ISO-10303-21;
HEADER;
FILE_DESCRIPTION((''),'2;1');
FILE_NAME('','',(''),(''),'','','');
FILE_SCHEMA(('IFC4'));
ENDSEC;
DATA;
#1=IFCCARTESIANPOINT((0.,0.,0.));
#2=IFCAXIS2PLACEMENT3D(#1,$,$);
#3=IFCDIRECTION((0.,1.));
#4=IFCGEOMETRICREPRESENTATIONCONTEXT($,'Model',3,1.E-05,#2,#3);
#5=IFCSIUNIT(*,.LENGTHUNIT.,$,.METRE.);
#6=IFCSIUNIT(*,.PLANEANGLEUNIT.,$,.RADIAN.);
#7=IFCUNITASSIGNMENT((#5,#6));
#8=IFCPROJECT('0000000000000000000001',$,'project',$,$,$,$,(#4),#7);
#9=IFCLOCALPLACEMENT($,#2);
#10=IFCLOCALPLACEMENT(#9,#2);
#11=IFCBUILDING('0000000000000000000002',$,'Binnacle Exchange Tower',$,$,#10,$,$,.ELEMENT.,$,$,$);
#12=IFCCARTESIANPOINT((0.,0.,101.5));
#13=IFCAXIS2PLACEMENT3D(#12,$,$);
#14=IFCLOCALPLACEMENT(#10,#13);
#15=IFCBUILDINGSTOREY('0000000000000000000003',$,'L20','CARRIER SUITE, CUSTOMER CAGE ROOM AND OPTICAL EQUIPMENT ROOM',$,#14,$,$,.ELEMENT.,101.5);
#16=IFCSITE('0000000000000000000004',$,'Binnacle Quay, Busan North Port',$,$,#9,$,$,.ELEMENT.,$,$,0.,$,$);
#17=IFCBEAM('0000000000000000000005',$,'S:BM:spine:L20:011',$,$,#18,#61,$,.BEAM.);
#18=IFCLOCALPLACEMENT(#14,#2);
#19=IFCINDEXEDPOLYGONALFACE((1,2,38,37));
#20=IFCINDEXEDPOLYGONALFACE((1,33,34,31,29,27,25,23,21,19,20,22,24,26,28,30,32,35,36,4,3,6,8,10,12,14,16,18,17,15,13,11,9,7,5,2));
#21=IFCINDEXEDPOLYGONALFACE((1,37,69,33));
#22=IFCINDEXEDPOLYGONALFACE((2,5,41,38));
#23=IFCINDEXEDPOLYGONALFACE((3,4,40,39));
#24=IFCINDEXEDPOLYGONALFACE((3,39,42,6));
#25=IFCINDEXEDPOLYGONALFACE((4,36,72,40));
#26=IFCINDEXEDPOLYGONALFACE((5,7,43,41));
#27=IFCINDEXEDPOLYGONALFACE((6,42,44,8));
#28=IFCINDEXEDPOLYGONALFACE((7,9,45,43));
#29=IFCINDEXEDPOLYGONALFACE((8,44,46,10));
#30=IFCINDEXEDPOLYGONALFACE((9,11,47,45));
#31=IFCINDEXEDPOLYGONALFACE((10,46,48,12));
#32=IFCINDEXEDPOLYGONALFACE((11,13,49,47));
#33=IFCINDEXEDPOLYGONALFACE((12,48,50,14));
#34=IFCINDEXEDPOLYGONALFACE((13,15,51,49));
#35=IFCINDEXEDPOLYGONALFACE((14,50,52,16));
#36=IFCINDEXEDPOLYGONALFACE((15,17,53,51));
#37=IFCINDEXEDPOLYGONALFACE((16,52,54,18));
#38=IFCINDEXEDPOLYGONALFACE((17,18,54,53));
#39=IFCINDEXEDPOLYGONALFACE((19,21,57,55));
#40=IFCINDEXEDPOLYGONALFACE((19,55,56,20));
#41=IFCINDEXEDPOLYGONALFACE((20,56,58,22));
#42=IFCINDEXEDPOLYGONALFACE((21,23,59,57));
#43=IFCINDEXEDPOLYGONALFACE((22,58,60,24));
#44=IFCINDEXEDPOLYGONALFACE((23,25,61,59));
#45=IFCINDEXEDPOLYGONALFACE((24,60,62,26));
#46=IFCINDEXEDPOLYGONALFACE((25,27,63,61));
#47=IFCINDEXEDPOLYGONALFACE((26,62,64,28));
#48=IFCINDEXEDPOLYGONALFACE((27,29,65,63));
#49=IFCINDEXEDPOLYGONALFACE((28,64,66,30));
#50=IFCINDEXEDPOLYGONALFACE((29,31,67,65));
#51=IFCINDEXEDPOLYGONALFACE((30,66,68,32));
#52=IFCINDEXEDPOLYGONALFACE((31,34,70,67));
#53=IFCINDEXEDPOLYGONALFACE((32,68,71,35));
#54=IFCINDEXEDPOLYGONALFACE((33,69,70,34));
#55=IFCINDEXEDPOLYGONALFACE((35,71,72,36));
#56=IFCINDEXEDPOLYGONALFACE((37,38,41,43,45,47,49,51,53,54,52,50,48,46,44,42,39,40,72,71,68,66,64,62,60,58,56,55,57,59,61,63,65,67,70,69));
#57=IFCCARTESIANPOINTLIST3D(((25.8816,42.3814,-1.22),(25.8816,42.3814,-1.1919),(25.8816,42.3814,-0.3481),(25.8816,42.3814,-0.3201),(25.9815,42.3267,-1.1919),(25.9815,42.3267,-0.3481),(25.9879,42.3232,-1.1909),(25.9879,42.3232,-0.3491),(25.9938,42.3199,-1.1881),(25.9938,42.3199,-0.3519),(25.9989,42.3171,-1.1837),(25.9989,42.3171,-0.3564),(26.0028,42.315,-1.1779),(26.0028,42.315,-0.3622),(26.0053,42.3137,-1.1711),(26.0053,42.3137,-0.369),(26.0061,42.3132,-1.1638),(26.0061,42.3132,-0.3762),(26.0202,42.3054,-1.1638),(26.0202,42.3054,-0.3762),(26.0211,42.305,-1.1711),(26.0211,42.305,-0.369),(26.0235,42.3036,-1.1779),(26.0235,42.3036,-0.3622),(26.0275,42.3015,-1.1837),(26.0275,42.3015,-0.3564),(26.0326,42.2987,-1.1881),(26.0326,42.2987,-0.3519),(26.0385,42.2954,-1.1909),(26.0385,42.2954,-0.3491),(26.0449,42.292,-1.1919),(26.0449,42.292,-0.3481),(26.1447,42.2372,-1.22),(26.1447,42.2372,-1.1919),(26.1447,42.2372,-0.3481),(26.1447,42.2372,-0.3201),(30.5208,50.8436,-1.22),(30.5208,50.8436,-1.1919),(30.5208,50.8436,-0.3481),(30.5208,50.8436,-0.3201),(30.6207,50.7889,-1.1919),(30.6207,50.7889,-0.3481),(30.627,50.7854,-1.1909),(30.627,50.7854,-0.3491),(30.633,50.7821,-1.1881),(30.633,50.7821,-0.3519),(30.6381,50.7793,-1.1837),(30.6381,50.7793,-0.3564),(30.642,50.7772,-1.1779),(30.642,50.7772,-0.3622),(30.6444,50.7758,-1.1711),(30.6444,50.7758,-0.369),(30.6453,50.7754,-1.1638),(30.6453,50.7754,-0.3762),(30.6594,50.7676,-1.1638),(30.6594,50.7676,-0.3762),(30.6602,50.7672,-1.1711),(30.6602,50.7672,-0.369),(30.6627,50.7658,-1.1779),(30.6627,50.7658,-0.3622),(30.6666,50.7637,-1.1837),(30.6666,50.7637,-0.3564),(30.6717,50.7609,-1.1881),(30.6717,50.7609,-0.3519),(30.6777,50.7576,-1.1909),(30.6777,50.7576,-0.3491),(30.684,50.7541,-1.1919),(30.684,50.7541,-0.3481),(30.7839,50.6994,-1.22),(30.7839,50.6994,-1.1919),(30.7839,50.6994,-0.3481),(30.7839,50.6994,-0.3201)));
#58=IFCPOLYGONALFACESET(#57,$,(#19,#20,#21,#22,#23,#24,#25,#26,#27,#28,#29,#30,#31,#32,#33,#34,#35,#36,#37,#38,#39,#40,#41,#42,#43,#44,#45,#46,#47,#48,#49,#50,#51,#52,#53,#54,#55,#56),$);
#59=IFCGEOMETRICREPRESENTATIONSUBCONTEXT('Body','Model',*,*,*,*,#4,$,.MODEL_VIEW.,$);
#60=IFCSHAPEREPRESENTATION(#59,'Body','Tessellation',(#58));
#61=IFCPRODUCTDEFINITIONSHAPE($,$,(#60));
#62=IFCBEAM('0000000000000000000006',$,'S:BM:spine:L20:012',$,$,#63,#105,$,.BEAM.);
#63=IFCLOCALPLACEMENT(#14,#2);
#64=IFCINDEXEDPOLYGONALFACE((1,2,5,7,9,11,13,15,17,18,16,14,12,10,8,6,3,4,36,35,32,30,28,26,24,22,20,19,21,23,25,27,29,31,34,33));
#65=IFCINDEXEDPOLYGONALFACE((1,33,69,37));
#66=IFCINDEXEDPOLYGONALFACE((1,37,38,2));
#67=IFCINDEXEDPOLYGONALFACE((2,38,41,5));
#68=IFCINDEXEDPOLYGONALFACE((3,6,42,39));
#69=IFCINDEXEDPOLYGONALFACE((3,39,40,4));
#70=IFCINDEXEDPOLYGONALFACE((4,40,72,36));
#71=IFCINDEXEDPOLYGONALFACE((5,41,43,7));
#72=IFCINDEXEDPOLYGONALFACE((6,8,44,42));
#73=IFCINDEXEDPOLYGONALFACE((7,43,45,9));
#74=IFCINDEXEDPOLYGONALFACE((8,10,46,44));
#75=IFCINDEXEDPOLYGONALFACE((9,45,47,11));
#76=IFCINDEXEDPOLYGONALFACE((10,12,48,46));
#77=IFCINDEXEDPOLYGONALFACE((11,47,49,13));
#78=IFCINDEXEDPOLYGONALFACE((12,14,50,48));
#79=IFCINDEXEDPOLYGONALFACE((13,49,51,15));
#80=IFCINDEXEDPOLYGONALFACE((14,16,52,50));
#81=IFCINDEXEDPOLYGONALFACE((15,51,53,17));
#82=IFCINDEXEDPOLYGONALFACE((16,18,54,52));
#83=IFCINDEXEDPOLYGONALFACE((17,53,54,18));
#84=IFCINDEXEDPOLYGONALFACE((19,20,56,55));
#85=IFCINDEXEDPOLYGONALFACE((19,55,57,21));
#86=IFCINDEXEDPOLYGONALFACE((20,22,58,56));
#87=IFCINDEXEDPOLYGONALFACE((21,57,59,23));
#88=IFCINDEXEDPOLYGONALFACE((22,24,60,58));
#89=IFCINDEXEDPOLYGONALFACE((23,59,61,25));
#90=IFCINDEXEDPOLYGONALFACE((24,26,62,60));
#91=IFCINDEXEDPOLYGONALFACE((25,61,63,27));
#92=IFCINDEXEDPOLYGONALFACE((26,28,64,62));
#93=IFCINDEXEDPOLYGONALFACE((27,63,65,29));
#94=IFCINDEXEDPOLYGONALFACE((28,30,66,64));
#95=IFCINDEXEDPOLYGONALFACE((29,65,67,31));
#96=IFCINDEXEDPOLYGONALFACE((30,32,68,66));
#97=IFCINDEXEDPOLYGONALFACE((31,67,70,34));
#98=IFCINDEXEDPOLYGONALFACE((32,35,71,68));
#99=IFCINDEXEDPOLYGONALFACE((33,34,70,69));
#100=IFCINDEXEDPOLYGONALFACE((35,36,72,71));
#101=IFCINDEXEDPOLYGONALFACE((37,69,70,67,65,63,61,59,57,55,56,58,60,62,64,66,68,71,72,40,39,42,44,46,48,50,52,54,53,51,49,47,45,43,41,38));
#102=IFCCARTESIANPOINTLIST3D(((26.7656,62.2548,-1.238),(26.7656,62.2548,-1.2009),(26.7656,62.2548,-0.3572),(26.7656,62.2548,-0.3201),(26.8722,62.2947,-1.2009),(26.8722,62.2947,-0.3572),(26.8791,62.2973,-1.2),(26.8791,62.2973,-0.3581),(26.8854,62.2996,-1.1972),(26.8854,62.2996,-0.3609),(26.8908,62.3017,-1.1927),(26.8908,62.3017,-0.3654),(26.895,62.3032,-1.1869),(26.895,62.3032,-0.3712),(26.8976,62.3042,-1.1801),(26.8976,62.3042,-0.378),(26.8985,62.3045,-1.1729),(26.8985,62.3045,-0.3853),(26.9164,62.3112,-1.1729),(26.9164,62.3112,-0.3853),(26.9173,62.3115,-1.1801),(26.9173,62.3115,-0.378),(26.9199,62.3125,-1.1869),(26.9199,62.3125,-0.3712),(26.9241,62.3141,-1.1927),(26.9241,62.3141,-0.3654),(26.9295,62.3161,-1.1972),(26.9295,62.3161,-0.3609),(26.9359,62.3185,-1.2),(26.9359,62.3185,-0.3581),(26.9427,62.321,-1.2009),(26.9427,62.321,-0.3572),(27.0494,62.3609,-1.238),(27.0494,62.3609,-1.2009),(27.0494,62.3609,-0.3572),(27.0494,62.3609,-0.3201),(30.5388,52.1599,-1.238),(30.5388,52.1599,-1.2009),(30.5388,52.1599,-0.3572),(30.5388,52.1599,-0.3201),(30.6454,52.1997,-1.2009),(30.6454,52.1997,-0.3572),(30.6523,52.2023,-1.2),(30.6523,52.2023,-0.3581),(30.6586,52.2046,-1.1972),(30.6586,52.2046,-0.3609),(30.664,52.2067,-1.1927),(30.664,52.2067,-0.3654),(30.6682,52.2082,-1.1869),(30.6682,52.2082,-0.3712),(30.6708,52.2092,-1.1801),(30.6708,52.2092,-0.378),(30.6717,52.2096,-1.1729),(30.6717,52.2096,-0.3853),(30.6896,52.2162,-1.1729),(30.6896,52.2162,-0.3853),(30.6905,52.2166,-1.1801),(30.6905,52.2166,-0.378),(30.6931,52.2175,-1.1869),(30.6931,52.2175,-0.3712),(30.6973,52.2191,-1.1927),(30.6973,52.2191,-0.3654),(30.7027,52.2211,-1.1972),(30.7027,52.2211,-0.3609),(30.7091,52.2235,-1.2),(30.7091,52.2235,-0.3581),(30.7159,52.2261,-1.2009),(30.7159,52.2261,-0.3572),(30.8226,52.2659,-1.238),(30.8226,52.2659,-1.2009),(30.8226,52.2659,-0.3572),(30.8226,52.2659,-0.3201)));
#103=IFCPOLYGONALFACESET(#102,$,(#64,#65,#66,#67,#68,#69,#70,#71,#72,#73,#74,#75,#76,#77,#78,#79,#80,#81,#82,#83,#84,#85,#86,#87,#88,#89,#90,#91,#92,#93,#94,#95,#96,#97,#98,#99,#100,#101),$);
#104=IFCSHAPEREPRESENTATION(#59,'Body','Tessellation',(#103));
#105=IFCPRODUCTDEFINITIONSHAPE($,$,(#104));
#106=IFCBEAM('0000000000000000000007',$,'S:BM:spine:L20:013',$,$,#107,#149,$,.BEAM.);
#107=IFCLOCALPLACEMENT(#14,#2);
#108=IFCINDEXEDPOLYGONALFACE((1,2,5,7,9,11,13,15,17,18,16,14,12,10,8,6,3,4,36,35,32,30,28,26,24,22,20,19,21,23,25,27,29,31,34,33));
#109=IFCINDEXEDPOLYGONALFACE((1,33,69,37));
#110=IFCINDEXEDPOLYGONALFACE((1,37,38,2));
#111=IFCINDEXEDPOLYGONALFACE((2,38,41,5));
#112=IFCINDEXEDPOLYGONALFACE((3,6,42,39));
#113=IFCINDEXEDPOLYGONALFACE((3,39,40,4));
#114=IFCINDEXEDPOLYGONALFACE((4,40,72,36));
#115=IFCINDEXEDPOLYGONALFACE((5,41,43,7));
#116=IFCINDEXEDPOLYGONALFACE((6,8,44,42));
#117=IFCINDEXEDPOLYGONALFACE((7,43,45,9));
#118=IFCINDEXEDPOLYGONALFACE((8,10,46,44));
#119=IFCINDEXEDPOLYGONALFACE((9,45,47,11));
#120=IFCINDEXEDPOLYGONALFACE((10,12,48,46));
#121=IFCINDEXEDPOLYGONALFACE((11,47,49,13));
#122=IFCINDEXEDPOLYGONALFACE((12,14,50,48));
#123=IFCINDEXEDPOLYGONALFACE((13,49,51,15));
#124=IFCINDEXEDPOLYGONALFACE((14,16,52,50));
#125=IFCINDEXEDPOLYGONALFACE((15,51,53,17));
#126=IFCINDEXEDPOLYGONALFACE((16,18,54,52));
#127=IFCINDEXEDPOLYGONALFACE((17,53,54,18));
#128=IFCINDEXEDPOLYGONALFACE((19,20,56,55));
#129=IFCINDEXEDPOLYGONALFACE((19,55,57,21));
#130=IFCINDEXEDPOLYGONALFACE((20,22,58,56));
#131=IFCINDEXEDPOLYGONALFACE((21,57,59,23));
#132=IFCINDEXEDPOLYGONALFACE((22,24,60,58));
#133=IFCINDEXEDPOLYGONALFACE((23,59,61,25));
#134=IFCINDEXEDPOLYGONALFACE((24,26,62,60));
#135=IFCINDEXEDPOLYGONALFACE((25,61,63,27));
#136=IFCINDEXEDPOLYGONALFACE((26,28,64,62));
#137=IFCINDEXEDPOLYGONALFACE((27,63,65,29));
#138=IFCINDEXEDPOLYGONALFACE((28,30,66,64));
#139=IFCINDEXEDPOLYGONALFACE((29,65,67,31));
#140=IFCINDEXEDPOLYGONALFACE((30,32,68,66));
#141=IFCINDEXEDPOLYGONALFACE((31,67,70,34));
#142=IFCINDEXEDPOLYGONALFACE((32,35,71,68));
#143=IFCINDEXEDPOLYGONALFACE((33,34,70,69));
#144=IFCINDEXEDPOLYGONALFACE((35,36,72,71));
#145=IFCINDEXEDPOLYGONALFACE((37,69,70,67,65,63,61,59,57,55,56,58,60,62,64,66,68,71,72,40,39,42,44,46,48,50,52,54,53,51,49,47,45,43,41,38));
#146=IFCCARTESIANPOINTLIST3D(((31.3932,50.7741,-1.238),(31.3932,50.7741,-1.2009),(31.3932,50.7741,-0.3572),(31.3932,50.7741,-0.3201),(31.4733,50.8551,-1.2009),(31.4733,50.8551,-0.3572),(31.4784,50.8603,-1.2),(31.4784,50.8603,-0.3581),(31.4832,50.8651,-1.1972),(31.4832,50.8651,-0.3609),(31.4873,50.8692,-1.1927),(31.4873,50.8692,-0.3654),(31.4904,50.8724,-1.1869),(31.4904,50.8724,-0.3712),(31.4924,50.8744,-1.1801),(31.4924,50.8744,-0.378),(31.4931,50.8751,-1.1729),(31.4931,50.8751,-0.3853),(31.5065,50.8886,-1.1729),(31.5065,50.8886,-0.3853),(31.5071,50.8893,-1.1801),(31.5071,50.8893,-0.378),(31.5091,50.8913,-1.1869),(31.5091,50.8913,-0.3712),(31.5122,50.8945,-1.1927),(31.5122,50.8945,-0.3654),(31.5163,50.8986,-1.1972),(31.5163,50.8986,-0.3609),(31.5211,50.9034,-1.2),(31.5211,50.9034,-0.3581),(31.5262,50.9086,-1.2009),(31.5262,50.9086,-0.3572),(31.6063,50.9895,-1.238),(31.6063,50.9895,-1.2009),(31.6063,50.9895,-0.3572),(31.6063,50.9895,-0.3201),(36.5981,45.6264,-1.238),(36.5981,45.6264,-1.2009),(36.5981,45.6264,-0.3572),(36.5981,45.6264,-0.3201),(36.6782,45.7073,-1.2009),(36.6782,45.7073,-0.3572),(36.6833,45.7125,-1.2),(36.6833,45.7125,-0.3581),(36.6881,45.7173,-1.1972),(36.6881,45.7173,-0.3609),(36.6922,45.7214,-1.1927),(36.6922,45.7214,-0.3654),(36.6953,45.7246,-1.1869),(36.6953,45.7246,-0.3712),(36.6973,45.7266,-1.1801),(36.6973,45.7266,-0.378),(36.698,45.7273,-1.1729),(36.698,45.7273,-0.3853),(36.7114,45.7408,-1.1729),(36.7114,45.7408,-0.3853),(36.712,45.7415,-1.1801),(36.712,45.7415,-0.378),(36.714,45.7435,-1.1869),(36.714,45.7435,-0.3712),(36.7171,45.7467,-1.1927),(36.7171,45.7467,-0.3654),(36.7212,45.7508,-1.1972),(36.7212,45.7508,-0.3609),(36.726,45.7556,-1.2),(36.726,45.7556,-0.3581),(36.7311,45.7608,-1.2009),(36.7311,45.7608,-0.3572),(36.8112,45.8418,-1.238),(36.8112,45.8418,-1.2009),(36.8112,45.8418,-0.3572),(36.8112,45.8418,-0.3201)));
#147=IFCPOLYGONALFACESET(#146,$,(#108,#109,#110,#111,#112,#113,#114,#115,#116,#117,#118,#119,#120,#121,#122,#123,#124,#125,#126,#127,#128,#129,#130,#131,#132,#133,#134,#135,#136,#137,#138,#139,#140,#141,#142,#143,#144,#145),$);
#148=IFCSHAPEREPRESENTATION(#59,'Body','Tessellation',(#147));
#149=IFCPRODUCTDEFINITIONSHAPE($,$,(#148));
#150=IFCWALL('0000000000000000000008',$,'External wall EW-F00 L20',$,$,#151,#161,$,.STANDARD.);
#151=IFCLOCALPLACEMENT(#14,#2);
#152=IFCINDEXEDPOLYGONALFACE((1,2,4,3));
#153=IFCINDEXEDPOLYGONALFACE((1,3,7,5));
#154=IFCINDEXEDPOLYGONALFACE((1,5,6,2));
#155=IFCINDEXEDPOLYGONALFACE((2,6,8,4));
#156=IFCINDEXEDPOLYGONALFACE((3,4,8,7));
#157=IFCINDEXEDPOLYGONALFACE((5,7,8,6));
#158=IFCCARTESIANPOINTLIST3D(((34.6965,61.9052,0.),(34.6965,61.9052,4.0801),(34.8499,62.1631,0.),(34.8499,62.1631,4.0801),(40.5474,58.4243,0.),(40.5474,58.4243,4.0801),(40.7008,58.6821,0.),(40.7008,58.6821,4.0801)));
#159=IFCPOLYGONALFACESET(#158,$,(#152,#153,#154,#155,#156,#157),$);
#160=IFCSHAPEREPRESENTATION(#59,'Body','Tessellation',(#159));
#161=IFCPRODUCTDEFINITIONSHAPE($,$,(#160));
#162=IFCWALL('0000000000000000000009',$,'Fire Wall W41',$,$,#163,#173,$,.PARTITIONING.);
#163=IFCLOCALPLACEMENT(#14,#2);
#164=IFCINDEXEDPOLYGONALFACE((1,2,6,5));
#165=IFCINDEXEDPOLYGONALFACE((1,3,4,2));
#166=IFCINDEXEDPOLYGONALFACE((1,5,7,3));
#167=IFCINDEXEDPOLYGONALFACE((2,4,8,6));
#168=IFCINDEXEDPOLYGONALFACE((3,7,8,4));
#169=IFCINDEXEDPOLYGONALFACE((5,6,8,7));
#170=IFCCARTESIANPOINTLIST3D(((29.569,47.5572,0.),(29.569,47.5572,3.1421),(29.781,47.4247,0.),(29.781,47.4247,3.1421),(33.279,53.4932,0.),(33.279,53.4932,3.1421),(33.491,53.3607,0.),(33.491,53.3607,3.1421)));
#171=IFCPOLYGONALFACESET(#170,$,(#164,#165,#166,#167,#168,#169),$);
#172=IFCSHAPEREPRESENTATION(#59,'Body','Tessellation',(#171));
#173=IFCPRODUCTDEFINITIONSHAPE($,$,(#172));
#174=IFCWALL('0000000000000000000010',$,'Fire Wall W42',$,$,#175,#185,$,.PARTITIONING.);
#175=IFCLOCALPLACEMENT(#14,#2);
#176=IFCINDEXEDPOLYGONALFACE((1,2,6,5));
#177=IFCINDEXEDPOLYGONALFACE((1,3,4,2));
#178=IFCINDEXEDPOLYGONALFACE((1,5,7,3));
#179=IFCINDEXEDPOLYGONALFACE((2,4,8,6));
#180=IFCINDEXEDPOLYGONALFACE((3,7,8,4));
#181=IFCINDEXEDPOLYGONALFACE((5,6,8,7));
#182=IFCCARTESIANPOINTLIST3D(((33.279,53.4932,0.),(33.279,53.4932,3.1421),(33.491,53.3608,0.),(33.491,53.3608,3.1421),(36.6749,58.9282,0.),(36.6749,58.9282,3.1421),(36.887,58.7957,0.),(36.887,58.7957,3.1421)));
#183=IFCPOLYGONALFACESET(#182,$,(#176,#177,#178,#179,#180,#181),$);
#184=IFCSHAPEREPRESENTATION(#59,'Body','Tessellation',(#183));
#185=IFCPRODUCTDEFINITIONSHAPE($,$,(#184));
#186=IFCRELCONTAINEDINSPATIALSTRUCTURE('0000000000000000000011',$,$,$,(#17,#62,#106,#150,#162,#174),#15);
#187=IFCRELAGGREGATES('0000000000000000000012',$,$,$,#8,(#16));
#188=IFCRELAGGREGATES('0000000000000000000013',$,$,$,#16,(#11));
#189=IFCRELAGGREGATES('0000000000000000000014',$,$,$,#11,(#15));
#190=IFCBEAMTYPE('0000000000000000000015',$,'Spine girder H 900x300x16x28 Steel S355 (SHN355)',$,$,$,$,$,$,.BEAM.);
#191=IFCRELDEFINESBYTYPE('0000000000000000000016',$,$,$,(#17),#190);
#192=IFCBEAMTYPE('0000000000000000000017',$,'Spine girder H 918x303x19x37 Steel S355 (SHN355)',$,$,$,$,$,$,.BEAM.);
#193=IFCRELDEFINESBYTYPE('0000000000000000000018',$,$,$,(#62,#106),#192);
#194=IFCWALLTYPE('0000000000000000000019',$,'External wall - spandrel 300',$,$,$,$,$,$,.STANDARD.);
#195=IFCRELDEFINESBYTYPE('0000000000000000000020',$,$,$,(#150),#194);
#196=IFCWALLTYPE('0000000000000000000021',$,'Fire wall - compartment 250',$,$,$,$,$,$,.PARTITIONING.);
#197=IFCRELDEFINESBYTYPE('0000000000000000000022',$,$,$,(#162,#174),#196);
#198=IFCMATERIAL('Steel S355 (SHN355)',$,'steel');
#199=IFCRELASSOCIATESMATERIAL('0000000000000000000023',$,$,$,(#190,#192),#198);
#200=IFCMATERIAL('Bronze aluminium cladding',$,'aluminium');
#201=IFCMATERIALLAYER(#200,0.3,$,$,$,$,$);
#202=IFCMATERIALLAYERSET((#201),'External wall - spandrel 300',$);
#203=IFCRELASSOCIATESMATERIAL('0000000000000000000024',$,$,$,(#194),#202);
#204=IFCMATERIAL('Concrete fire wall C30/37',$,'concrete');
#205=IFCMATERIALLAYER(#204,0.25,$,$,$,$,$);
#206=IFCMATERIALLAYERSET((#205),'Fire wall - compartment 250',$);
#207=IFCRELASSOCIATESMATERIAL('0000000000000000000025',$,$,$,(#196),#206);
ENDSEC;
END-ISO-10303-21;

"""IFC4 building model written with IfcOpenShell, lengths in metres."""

from ifc_helpers import new_model, si_unit, direction, frame, frame_2d, origin, origin_2d, place, context, subcontext, project, spatial, rectangle, i_section, extrude, material, layer, layer_set, material_profile, profile_set, type_object, element, save


model = new_model("IFC4")

# Units and contexts
model_context = context("Model", 3, precision=1e-05, world=origin(), true_north=direction((0.0, 1.0)))
body_context = subcontext(model_context, "Body", "Model", "MODEL_VIEW")
ifc_project = project(units=[si_unit("LENGTHUNIT", "METRE"), si_unit("PLANEANGLEUNIT", "RADIAN")], contexts=[model_context])

# Site, building, storey
site_placement = place(None, origin())
site = spatial("IfcSite", under=ifc_project, at=site_placement, Name="Binnacle Quay, Busan North Port", CompositionType="ELEMENT", RefElevation=0.0)
building_placement = place(site_placement, origin())
building = spatial("IfcBuilding", under=site, at=building_placement, Name="Binnacle Exchange Tower", CompositionType="ELEMENT")
storey_placement = place(building_placement, frame((0.0, 0.0, 101.5)))
storey = spatial("IfcBuildingStorey", under=building, at=storey_placement, Name="L20", Description="CARRIER SUITE, CUSTOMER CAGE ROOM AND OPTICAL EQUIPMENT ROOM", CompositionType="ELEMENT", Elevation=101.5)

# Beams
ifc_material_1 = material(Name="Steel S355 (SHN355)", Category="steel")
ifc_material_profile_1 = material_profile(ifc_material_1, i_section(OverallWidth=0.3, OverallDepth=0.8999, WebThickness=0.0161, FlangeThickness=0.0281, FilletRadius=0.0281, at=origin_2d()), Name="H 900x300x16x28")
ifc_profile_set_1 = profile_set([ifc_material_profile_1], Name="Steel S355 (SHN355)")
beam_type_1 = type_object("IfcBeamType", Name="Spine girder H 900x300x16x28 Steel S355 (SHN355)", PredefinedType="BEAM", material=ifc_profile_set_1)
beam_1_placement = place(storey_placement, frame((30.6523, 50.7715, -0.77), z_axis=(-0.480723, -0.876873, 0.0), x_axis=(0.876873, -0.480723, 0.0)))
element("IfcBeam", 1, at=beam_1_placement, inside=storey, type_object=beam_type_1, Name="S:BM:spine:L20:011", PredefinedType="BEAM", context=body_context, shape_type="SweptSolid", body=[
    extrude(i_section(OverallWidth=0.3, OverallDepth=0.8999, WebThickness=0.0161, FlangeThickness=0.0281, FilletRadius=0.0281, at=origin_2d()), origin(), (0.0, 0.0, 1.0), 9.6504),
])
ifc_material_profile_2 = material_profile(ifc_material_1, i_section(OverallWidth=0.303, OverallDepth=0.918, WebThickness=0.019, FlangeThickness=0.0371, FilletRadius=0.0281, at=origin_2d()), Name="H 918x303x19x37")
ifc_profile_set_2 = profile_set([ifc_material_profile_2], Name="Steel S355 (SHN355)")
beam_type_2 = type_object("IfcBeamType", Name="Spine girder H 918x303x19x37 Steel S355 (SHN355)", PredefinedType="BEAM", material=ifc_profile_set_2)
beam_2_placement = place(storey_placement, frame((30.6807, 52.2129, -0.7791), z_axis=(-0.350113, 0.936708, 0.0), x_axis=(-0.936708, -0.350113, 0.0)))
element("IfcBeam", 2, at=beam_2_placement, inside=storey, type_object=beam_type_2, Name="S:BM:spine:L20:012", PredefinedType="BEAM", context=body_context, shape_type="SweptSolid", body=[
    extrude(i_section(OverallWidth=0.303, OverallDepth=0.918, WebThickness=0.019, FlangeThickness=0.0371, FilletRadius=0.0281, at=origin_2d()), origin(), (0.0, 0.0, 1.0), 10.7771),
])
beam_3_placement = place(storey_placement, frame((31.4998, 50.8818, -0.7791), z_axis=(0.710998, -0.703194, 0.0), x_axis=(0.703194, 0.710998, 0.0)))
element("IfcBeam", 3, at=beam_3_placement, inside=storey, type_object=beam_type_2, Name="S:BM:spine:L20:013", PredefinedType="BEAM", context=body_context, shape_type="SweptSolid", body=[
    extrude(i_section(OverallWidth=0.303, OverallDepth=0.918, WebThickness=0.019, FlangeThickness=0.0371, FilletRadius=0.0281, at=origin_2d()), origin(), (0.0, 0.0, 1.0), 7.3206),
])

# Walls
ifc_material_2 = material(Name="Bronze aluminium cladding", Category="aluminium")
ifc_layer_1 = layer(ifc_material_2, 0.3)
ifc_layer_set_1 = layer_set([ifc_layer_1], Name="External wall - spandrel 300")
wall_type_1 = type_object("IfcWallType", Name="External wall - spandrel 300", PredefinedType="STANDARD", material=ifc_layer_set_1)
wall_1_placement = place(storey_placement, frame((34.7732, 62.0342, 0.0), z_axis=(0.0, 0.0, 1.0), x_axis=(0.859401, -0.511302, 0.0)))
element("IfcWall", 4, at=wall_1_placement, inside=storey, type_object=wall_type_1, Name="External wall EW-F00 L20", PredefinedType="STANDARD", context=body_context, shape_type="SweptSolid", body=[
    extrude(rectangle(XDim=6.8081, YDim=0.3, at=frame_2d((3.4041, 0.0))), origin(), (0.0, 0.0, 1.0), 4.0801),
])
ifc_material_3 = material(Name="Concrete fire wall C30/37", Category="concrete")
ifc_layer_2 = layer(ifc_material_3, 0.25)
ifc_layer_set_2 = layer_set([ifc_layer_2], Name="Fire wall - compartment 250")
wall_type_2 = type_object("IfcWallType", Name="Fire wall - compartment 250", PredefinedType="PARTITIONING", material=ifc_layer_set_2)
wall_2_placement = place(storey_placement, frame((29.675, 47.491, 0.0), z_axis=(0.0, 0.0, 1.0), x_axis=(0.529993, 0.848002, 0.0)))
element("IfcWall", 5, at=wall_2_placement, inside=storey, type_object=wall_type_2, Name="Fire Wall W41", PredefinedType="PARTITIONING", context=body_context, shape_type="SweptSolid", body=[
    extrude(rectangle(XDim=7.0, YDim=0.25, at=frame_2d((3.5, 0.0))), origin(), (0.0, 0.0, 1.0), 3.1421),
])
wall_3_placement = place(storey_placement, frame((33.385, 53.427, 0.0), z_axis=(0.0, 0.0, 1.0), x_axis=(0.529896, 0.848063, 0.0)))
element("IfcWall", 6, at=wall_3_placement, inside=storey, type_object=wall_type_2, Name="Fire Wall W42", PredefinedType="PARTITIONING", context=body_context, shape_type="SweptSolid", body=[
    extrude(rectangle(XDim=6.4087, YDim=0.25, at=frame_2d((3.2043, 0.0))), origin(), (0.0, 0.0, 1.0), 3.1421),
])

save(model, "model.ifc")
